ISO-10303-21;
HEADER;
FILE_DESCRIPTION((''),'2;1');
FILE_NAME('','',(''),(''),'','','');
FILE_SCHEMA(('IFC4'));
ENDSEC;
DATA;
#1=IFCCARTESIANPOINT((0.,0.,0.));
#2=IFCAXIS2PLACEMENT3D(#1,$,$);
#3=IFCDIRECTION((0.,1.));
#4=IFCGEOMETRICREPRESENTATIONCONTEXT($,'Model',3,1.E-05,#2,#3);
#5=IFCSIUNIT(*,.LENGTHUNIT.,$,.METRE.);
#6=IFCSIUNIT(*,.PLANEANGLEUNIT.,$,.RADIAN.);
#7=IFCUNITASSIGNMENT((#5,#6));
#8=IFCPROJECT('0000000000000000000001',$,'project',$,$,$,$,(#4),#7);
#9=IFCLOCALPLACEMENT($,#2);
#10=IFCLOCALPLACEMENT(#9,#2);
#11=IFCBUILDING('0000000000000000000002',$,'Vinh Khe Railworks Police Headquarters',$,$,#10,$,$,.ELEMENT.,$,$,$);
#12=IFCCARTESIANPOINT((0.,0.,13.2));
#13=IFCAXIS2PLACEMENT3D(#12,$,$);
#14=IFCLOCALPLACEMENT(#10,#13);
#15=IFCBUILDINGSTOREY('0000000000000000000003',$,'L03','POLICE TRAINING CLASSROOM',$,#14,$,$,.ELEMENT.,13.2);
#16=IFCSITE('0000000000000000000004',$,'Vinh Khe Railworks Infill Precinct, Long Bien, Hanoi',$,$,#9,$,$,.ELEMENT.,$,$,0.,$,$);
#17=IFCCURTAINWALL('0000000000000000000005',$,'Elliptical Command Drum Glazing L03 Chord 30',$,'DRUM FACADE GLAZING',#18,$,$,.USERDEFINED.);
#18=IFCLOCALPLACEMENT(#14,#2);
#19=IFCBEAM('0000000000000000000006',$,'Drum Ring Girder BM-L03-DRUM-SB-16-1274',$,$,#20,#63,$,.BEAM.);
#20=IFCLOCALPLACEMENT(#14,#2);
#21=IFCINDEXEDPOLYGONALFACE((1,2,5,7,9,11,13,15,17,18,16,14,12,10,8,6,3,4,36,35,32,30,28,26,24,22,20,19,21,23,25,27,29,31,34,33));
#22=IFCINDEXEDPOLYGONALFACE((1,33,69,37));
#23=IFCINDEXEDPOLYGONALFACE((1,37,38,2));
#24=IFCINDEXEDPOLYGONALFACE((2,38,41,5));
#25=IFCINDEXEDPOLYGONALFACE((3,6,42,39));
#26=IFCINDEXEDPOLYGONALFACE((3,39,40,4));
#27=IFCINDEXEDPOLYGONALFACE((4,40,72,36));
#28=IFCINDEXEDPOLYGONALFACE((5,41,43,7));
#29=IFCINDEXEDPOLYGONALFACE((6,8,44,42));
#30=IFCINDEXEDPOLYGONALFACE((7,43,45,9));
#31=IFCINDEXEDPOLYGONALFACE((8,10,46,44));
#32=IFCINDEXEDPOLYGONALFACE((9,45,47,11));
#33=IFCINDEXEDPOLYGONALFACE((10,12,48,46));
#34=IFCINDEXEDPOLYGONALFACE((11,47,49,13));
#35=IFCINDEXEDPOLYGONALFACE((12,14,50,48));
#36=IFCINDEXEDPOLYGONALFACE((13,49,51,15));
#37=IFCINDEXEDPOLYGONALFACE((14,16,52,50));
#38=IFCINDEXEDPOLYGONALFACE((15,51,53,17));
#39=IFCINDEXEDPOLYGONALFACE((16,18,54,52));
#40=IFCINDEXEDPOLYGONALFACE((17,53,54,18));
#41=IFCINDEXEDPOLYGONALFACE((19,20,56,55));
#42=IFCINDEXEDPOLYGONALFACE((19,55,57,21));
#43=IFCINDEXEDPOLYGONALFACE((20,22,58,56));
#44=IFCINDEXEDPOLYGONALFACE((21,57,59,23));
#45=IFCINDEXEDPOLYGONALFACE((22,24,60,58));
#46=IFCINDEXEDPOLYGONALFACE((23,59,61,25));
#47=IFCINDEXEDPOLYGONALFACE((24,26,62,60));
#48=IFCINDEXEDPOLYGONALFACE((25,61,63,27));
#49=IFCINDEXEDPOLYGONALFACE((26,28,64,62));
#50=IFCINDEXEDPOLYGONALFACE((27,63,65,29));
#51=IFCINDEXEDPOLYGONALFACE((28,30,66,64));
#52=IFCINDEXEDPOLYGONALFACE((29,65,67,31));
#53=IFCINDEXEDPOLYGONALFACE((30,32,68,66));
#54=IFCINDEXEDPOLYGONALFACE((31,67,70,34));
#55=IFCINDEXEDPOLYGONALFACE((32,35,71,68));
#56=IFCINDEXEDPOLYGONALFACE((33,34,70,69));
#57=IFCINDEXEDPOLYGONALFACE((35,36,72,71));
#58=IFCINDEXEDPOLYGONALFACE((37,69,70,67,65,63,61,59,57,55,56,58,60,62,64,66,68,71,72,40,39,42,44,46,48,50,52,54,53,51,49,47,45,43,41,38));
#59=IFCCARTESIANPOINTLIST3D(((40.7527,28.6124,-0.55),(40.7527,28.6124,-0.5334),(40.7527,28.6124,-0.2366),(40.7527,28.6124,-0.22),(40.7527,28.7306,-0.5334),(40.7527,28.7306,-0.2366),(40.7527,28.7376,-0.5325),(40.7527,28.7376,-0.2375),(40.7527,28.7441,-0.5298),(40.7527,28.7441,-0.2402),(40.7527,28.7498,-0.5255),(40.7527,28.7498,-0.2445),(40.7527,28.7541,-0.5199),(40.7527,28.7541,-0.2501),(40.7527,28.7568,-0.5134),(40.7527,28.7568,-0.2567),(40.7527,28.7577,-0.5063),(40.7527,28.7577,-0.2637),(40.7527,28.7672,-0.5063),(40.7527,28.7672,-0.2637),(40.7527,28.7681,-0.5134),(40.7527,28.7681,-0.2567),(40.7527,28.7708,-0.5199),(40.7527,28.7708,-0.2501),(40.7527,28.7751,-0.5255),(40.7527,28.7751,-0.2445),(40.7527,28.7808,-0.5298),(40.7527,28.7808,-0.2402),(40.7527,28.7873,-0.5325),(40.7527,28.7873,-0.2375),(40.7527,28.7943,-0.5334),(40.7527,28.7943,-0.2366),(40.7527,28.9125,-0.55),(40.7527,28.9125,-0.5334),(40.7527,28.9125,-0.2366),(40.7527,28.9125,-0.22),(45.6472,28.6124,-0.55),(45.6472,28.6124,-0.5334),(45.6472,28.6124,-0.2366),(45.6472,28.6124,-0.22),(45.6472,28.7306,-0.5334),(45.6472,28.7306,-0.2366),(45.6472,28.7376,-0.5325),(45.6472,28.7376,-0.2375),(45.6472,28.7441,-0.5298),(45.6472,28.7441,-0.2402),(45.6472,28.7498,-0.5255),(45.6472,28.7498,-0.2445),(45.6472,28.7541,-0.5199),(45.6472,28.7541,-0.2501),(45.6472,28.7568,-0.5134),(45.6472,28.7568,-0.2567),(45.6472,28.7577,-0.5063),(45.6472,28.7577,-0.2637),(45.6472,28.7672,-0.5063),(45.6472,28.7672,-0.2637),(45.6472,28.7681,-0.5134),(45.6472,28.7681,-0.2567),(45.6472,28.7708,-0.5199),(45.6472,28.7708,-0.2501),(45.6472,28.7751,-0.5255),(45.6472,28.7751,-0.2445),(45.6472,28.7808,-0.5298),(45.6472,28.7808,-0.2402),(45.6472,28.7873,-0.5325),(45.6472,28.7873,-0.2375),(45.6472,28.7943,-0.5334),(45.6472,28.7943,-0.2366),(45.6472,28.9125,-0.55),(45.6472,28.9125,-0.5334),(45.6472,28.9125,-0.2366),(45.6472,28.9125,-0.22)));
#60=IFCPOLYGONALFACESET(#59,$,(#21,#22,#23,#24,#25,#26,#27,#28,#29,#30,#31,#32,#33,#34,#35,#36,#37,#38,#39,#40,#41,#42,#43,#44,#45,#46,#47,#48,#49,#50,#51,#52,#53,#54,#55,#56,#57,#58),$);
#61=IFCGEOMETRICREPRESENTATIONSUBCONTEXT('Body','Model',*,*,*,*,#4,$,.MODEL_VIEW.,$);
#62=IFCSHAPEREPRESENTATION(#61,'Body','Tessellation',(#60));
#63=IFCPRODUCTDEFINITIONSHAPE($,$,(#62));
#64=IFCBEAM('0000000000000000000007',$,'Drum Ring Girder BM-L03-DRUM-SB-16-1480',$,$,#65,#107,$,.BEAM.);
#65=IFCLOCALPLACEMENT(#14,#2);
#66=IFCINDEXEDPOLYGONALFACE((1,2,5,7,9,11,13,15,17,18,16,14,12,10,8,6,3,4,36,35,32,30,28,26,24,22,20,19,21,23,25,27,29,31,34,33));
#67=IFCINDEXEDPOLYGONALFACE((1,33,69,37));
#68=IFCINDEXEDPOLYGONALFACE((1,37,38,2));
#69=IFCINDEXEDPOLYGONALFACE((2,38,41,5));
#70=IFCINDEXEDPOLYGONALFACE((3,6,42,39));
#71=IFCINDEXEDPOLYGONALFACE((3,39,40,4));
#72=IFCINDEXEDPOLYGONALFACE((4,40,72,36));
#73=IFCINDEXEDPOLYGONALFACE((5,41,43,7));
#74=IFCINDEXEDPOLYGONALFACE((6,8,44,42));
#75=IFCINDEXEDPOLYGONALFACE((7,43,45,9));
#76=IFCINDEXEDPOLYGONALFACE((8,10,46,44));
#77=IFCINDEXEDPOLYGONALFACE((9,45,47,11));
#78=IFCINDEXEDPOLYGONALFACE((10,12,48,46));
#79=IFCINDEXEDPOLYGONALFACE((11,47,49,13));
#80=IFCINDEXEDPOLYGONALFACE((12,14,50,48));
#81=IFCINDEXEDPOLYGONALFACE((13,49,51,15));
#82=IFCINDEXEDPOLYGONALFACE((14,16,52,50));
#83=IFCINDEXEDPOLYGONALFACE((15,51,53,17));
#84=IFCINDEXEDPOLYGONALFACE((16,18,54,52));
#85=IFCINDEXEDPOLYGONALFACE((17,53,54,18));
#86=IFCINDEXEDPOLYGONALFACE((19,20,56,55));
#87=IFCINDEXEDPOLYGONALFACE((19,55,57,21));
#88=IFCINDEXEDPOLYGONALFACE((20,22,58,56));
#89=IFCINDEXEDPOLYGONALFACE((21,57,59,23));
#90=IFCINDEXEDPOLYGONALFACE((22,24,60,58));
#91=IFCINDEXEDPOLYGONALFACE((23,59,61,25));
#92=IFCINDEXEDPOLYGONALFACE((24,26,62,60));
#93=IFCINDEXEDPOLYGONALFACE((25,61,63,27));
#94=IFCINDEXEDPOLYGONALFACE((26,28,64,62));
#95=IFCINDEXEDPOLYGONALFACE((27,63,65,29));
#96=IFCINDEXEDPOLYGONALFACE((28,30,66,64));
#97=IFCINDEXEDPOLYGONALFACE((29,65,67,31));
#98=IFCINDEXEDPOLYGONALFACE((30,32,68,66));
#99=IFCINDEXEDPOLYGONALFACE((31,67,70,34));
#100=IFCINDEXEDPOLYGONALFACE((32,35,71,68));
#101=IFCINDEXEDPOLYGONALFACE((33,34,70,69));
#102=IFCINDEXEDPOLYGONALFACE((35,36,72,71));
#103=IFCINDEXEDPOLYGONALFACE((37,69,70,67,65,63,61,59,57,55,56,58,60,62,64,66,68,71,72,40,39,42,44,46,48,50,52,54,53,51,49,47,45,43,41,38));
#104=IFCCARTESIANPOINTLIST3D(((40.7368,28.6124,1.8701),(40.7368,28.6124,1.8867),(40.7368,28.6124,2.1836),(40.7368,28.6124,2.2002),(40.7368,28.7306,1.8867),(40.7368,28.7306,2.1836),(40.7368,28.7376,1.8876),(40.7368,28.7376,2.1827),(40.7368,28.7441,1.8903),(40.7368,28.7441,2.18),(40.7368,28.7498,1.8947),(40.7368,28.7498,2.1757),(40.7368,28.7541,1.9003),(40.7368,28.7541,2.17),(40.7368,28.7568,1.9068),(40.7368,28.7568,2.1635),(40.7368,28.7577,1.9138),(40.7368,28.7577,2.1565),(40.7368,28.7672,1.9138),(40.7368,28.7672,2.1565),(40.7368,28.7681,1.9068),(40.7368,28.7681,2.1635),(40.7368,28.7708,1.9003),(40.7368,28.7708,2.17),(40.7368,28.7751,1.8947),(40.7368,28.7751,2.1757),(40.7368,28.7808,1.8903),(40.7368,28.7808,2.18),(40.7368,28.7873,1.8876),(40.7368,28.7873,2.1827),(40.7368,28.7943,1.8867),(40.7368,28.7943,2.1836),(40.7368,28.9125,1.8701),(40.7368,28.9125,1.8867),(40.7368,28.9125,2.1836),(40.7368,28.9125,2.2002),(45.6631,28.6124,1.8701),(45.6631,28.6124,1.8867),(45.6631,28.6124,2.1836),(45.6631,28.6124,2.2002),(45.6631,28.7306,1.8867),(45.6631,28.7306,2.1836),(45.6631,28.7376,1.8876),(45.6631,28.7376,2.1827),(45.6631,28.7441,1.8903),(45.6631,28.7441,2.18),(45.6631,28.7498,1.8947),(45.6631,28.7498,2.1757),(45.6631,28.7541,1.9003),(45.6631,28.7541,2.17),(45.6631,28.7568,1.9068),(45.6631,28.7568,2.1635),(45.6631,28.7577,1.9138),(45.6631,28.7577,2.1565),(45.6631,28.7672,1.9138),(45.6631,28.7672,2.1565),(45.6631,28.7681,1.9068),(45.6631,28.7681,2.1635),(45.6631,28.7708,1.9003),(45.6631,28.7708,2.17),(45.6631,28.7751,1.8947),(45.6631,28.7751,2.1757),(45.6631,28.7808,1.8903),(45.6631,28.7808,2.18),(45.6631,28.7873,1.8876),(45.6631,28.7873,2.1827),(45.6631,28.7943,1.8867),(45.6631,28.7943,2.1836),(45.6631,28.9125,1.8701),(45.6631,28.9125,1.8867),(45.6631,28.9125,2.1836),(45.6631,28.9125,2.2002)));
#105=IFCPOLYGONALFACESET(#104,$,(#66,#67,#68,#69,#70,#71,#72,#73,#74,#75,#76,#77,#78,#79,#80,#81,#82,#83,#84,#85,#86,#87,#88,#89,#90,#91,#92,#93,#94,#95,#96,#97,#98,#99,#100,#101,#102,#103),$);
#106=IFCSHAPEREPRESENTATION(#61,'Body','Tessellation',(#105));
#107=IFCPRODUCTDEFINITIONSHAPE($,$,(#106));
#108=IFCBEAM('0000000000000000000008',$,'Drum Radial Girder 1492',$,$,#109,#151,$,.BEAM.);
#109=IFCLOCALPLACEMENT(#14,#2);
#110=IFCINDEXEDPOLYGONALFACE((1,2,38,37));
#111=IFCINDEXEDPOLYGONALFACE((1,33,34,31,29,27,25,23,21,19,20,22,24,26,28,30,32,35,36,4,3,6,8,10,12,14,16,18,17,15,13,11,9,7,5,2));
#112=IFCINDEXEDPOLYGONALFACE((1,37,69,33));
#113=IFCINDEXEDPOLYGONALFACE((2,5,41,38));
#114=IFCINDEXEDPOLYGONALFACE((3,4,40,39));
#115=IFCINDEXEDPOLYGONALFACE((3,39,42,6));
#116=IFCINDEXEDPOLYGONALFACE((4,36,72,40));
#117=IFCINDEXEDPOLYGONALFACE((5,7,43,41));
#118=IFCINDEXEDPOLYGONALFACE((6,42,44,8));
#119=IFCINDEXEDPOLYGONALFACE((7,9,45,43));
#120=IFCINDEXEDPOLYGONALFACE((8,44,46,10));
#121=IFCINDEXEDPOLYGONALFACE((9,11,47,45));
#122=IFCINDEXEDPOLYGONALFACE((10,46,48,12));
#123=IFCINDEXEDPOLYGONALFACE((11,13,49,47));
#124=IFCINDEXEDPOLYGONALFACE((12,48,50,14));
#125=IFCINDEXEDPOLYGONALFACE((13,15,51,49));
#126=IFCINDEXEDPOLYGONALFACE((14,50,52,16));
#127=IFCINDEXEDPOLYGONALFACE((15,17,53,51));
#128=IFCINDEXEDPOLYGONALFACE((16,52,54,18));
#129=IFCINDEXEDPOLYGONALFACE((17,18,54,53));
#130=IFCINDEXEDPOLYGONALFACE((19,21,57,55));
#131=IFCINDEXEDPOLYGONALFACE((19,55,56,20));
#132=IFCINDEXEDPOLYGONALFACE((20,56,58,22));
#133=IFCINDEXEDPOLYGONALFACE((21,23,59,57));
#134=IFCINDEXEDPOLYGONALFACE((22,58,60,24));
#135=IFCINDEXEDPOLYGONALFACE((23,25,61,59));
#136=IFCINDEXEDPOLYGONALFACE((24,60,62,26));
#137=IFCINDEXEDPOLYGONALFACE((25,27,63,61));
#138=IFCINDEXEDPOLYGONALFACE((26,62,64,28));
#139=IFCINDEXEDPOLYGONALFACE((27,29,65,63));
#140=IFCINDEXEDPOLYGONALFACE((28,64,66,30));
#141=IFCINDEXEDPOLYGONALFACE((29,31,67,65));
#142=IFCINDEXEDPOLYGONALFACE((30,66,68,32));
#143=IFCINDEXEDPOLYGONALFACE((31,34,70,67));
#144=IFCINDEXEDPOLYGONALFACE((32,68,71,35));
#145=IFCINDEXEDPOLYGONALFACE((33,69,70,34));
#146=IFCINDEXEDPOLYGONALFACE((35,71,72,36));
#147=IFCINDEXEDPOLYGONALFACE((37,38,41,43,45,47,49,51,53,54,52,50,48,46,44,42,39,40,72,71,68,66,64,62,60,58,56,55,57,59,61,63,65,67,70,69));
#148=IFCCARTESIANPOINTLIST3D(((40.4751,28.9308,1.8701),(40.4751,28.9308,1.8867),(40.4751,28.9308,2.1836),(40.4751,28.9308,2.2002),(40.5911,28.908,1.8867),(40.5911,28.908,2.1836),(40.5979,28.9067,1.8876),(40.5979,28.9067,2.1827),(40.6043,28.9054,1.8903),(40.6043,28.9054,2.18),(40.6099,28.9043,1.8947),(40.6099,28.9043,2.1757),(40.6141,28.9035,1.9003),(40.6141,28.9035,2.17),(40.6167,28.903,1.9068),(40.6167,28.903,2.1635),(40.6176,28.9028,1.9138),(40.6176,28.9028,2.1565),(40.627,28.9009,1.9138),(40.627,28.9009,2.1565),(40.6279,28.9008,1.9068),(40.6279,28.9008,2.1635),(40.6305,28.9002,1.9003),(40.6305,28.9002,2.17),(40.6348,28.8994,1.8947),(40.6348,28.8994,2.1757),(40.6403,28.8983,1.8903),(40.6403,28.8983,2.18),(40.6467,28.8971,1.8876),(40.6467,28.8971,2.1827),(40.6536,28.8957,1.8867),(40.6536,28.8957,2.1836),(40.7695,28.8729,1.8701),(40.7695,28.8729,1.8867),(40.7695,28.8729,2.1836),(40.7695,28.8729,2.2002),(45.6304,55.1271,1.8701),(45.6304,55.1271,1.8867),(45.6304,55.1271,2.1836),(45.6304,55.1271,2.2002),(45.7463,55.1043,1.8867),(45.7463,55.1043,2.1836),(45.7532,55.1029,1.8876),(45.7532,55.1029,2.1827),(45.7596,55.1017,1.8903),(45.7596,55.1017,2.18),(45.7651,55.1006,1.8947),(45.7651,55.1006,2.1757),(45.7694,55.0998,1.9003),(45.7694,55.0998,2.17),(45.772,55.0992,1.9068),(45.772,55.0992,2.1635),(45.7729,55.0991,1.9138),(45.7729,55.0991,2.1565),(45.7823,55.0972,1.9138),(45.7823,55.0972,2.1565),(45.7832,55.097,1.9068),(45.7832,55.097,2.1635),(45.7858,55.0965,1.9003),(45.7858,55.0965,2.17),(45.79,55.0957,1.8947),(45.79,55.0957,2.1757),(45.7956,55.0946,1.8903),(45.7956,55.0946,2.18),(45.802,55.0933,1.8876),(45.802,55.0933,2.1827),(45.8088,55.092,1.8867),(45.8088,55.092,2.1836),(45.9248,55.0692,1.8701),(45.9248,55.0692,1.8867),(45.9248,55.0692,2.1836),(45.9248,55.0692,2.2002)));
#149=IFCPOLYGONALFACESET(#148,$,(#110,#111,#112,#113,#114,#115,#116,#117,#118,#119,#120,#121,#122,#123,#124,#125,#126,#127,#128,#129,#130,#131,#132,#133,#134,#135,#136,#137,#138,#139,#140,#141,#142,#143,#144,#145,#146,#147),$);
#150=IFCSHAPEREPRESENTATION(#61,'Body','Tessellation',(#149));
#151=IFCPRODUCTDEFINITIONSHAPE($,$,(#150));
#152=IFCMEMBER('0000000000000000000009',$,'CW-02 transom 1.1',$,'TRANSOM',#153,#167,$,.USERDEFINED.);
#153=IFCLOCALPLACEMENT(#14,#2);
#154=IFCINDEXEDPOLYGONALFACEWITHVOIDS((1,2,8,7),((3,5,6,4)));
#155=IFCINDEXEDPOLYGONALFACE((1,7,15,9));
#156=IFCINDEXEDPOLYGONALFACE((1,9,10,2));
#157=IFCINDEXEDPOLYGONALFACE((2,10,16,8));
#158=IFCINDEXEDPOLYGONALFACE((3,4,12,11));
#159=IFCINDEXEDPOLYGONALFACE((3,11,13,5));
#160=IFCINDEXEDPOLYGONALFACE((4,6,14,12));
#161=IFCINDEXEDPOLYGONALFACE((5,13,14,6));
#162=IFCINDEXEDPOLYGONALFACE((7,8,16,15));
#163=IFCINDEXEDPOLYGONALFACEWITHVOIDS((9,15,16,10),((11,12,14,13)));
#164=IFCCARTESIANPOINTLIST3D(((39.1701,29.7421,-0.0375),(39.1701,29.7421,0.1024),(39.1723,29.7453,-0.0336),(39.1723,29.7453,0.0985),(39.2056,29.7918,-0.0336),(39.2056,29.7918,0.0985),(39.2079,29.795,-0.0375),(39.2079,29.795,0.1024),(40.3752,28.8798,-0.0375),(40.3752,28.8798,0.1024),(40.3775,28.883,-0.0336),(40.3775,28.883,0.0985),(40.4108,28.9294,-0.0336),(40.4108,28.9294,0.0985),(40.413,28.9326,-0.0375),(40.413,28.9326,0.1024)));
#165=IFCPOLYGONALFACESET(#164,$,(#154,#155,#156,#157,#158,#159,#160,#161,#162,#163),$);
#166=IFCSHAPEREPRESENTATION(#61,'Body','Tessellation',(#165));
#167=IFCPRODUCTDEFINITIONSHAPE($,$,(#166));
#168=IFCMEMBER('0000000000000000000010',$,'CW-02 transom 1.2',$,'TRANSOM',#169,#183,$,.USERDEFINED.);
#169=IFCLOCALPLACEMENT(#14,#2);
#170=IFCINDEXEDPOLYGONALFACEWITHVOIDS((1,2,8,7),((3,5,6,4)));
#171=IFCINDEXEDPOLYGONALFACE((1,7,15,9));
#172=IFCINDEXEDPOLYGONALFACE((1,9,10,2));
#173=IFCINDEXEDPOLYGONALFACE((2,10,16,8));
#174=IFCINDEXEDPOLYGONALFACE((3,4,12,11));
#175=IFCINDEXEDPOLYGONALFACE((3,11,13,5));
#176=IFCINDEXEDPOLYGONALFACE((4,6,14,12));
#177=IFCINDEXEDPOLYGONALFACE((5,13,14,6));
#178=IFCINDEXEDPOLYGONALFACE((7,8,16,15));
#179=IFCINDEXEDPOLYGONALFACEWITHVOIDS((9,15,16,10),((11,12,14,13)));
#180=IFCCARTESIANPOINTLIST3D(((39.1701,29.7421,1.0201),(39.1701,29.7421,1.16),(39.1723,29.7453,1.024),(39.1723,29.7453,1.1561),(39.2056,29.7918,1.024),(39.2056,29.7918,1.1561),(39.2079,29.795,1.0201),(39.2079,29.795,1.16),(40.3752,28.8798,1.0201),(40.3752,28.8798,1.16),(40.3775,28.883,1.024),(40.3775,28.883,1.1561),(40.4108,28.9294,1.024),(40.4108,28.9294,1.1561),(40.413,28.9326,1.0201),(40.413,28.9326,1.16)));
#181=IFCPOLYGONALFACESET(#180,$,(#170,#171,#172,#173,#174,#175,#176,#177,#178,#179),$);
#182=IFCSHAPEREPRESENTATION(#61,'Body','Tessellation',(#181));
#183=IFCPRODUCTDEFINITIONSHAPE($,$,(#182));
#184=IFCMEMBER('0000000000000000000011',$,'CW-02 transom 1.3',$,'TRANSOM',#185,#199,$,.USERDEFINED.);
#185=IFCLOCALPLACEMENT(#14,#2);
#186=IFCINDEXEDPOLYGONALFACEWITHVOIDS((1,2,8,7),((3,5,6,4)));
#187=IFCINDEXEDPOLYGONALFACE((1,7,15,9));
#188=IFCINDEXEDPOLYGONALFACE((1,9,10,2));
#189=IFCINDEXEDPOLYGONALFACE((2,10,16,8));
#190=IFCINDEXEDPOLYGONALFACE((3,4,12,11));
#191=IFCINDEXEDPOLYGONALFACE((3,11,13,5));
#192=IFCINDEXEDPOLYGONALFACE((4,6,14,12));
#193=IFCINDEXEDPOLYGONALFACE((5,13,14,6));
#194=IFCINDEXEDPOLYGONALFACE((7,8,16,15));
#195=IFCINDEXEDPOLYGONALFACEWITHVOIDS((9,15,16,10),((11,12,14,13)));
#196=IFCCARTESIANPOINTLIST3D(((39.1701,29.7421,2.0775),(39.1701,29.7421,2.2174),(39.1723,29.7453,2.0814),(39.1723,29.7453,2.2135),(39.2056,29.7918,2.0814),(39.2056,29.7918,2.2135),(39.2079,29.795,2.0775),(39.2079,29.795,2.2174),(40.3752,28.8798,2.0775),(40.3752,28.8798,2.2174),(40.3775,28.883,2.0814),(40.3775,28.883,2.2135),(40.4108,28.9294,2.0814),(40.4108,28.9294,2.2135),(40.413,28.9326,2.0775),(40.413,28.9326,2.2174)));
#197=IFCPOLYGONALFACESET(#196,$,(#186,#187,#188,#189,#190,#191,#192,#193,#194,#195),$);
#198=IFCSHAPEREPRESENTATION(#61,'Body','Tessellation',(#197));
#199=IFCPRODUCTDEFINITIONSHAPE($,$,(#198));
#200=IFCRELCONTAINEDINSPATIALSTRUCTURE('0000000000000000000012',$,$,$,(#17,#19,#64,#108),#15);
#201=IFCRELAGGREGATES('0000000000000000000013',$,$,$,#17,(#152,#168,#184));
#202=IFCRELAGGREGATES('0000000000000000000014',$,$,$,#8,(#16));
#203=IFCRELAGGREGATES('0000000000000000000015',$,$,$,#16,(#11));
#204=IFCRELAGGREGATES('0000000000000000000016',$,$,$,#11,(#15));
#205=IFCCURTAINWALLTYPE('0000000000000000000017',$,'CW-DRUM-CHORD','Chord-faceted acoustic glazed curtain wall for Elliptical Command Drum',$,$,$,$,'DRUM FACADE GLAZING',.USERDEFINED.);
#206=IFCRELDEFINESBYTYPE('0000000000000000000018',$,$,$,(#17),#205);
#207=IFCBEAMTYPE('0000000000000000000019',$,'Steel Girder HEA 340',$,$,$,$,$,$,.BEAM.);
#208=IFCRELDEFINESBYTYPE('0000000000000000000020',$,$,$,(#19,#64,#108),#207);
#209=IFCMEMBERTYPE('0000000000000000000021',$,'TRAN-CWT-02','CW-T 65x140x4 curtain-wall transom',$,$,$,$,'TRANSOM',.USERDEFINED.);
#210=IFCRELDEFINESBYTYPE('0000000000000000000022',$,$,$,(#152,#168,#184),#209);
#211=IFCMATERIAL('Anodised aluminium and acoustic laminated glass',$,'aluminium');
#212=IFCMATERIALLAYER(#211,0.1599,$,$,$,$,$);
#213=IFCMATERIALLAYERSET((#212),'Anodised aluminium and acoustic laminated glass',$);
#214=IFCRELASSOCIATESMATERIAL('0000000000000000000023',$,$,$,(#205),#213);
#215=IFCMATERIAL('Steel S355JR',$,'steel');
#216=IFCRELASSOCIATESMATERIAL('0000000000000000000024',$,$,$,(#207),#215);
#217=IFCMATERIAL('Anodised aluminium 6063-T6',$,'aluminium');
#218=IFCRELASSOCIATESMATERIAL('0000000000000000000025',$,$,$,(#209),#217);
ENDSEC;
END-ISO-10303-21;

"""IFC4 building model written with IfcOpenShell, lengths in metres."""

from ifc_helpers import new_model, si_unit, direction, frame, origin, origin_2d, place, context, subcontext, project, spatial, hollow_rectangle, i_section, extrude, material, layer, layer_set, material_profile, profile_set, type_object, element, aggregate, save


model = new_model("IFC4")

# Units and contexts
model_context = context("Model", 3, precision=1e-05, world=origin(), true_north=direction((0.0, 1.0)))
body_context = subcontext(model_context, "Body", "Model", "MODEL_VIEW")
ifc_project = project(units=[si_unit("LENGTHUNIT", "METRE"), si_unit("PLANEANGLEUNIT", "RADIAN")], contexts=[model_context])

# Site, building, storey
site_placement = place(None, origin())
site = spatial("IfcSite", under=ifc_project, at=site_placement, Name="Vinh Khe Railworks Infill Precinct, Long Bien, Hanoi", CompositionType="ELEMENT", RefElevation=0.0)
building_placement = place(site_placement, origin())
building = spatial("IfcBuilding", under=site, at=building_placement, Name="Vinh Khe Railworks Police Headquarters", CompositionType="ELEMENT")
storey_placement = place(building_placement, frame((0.0, 0.0, 13.2)))
storey = spatial("IfcBuildingStorey", under=building, at=storey_placement, Name="L03", Description="POLICE TRAINING CLASSROOM", CompositionType="ELEMENT", Elevation=13.2)

# Shared definitions
ifc_material_1 = material(Name="Steel S355JR", Category="steel")

# Shared definitions
ifc_material_2 = material(Name="Anodised aluminium and acoustic laminated glass", Category="aluminium")
ifc_layer_1 = layer(ifc_material_2, 0.1599)
ifc_layer_set_1 = layer_set([ifc_layer_1], Name="Anodised aluminium and acoustic laminated glass")
curtain_wall_type_1 = type_object("IfcCurtainWallType", Name="CW-DRUM-CHORD", Description="Chord-faceted acoustic glazed curtain wall for Elliptical Command Drum", ElementType="DRUM FACADE GLAZING", PredefinedType="USERDEFINED", material=ifc_layer_set_1)
ifc_material_3 = material(Name="Anodised aluminium 6063-T6", Category="aluminium")

# Curtain wall
curtain_wall_1_placement = place(storey_placement, origin())
curtain_wall_1 = element("IfcCurtainWall", 1, at=curtain_wall_1_placement, inside=storey, type_object=curtain_wall_type_1, Name="Elliptical Command Drum Glazing L03 Chord 30", ObjectType="DRUM FACADE GLAZING", PredefinedType="USERDEFINED")

# Beams
ifc_material_profile_1 = material_profile(ifc_material_1, i_section(OverallWidth=0.3, OverallDepth=0.3301, WebThickness=0.0095, FlangeThickness=0.0166, FilletRadius=0.0271, at=origin_2d()), Name="HEA 340")
ifc_profile_set_1 = profile_set([ifc_material_profile_1], Name="Steel S355JR")
beam_type = type_object("IfcBeamType", Name="Steel Girder HEA 340", PredefinedType="BEAM", material=ifc_profile_set_1)
beam_1_placement = place(storey_placement, frame((40.7527, 28.7625, -0.385), z_axis=(1.0, 0.0, 0.0), x_axis=(0.0, 1.0, 0.0)))
element("IfcBeam", 2, at=beam_1_placement, inside=storey, type_object=beam_type, Name="Drum Ring Girder BM-L03-DRUM-SB-16-1274", PredefinedType="BEAM", context=body_context, shape_type="SweptSolid", body=[
    extrude(i_section(OverallWidth=0.3, OverallDepth=0.3301, WebThickness=0.0095, FlangeThickness=0.0166, FilletRadius=0.0271, at=origin_2d()), origin(), (0.0, 0.0, 1.0), 4.8945),
])
beam_2_placement = place(storey_placement, frame((40.7368, 28.7625, 2.0352), z_axis=(1.0, 0.0, 0.0), x_axis=(0.0, 1.0, 0.0)))
element("IfcBeam", 3, at=beam_2_placement, inside=storey, type_object=beam_type, Name="Drum Ring Girder BM-L03-DRUM-SB-16-1480", PredefinedType="BEAM", context=body_context, shape_type="SweptSolid", body=[
    extrude(i_section(OverallWidth=0.3, OverallDepth=0.3301, WebThickness=0.0095, FlangeThickness=0.0166, FilletRadius=0.0271, at=origin_2d()), origin(), (0.0, 0.0, 1.0), 4.9263),
])
beam_3_placement = place(storey_placement, frame((40.6223, 28.9019, 2.0352), z_axis=(0.193091, 0.981181, 0.0), x_axis=(-0.981181, 0.193091, 0.0)))
element("IfcBeam", 4, at=beam_3_placement, inside=storey, type_object=beam_type, Name="Drum Radial Girder 1492", PredefinedType="BEAM", context=body_context, shape_type="SweptSolid", body=[
    extrude(i_section(OverallWidth=0.3, OverallDepth=0.3301, WebThickness=0.0095, FlangeThickness=0.0166, FilletRadius=0.0271, at=origin_2d()), origin(), (0.0, 0.0, 1.0), 26.6987),
])

# Members
ifc_material_profile_2 = material_profile(ifc_material_3, hollow_rectangle(XDim=0.0649, YDim=0.1399, WallThickness=0.0039, at=origin_2d()), Name="CW-T 65x140x4")
ifc_profile_set_2 = profile_set([ifc_material_profile_2], Name="Anodised aluminium 6063-T6")
member_type_1 = type_object("IfcMemberType", Name="TRAN-CWT-02", Description="CW-T 65x140x4 curtain-wall transom", ElementType="TRANSOM", PredefinedType="USERDEFINED", material=ifc_profile_set_2)
member_1_placement = place(storey_placement, frame((39.189, 29.7686, 0.0325), z_axis=(0.813243, -0.581924, 0.0), x_axis=(0.581924, 0.813243, 0.0)))
member_1 = element("IfcMember", 5, at=member_1_placement, type_object=member_type_1, Name="CW-02 transom 1.1", ObjectType="TRANSOM", PredefinedType="USERDEFINED", context=body_context, shape_type="SweptSolid", body=[
    extrude(hollow_rectangle(XDim=0.0649, YDim=0.1399, WallThickness=0.0039, at=origin_2d()), origin(), (0.0, 0.0, 1.0), 1.4819),
])
member_2_placement = place(storey_placement, frame((39.189, 29.7686, 1.0901), z_axis=(0.813243, -0.581924, 0.0), x_axis=(0.581924, 0.813243, 0.0)))
member_2 = element("IfcMember", 6, at=member_2_placement, type_object=member_type_1, Name="CW-02 transom 1.2", ObjectType="TRANSOM", PredefinedType="USERDEFINED", context=body_context, shape_type="SweptSolid", body=[
    extrude(hollow_rectangle(XDim=0.0649, YDim=0.1399, WallThickness=0.0039, at=origin_2d()), origin(), (0.0, 0.0, 1.0), 1.4819),
])
member_3_placement = place(storey_placement, frame((39.189, 29.7686, 2.1475), z_axis=(0.813243, -0.581924, 0.0), x_axis=(0.581924, 0.813243, 0.0)))
member_3 = element("IfcMember", 7, at=member_3_placement, type_object=member_type_1, Name="CW-02 transom 1.3", ObjectType="TRANSOM", PredefinedType="USERDEFINED", context=body_context, shape_type="SweptSolid", body=[
    extrude(hollow_rectangle(XDim=0.0649, YDim=0.1399, WallThickness=0.0039, at=origin_2d()), origin(), (0.0, 0.0, 1.0), 1.4819),
])

aggregate(curtain_wall_1, [member_1, member_2, member_3])

save(model, "model.ifc")
